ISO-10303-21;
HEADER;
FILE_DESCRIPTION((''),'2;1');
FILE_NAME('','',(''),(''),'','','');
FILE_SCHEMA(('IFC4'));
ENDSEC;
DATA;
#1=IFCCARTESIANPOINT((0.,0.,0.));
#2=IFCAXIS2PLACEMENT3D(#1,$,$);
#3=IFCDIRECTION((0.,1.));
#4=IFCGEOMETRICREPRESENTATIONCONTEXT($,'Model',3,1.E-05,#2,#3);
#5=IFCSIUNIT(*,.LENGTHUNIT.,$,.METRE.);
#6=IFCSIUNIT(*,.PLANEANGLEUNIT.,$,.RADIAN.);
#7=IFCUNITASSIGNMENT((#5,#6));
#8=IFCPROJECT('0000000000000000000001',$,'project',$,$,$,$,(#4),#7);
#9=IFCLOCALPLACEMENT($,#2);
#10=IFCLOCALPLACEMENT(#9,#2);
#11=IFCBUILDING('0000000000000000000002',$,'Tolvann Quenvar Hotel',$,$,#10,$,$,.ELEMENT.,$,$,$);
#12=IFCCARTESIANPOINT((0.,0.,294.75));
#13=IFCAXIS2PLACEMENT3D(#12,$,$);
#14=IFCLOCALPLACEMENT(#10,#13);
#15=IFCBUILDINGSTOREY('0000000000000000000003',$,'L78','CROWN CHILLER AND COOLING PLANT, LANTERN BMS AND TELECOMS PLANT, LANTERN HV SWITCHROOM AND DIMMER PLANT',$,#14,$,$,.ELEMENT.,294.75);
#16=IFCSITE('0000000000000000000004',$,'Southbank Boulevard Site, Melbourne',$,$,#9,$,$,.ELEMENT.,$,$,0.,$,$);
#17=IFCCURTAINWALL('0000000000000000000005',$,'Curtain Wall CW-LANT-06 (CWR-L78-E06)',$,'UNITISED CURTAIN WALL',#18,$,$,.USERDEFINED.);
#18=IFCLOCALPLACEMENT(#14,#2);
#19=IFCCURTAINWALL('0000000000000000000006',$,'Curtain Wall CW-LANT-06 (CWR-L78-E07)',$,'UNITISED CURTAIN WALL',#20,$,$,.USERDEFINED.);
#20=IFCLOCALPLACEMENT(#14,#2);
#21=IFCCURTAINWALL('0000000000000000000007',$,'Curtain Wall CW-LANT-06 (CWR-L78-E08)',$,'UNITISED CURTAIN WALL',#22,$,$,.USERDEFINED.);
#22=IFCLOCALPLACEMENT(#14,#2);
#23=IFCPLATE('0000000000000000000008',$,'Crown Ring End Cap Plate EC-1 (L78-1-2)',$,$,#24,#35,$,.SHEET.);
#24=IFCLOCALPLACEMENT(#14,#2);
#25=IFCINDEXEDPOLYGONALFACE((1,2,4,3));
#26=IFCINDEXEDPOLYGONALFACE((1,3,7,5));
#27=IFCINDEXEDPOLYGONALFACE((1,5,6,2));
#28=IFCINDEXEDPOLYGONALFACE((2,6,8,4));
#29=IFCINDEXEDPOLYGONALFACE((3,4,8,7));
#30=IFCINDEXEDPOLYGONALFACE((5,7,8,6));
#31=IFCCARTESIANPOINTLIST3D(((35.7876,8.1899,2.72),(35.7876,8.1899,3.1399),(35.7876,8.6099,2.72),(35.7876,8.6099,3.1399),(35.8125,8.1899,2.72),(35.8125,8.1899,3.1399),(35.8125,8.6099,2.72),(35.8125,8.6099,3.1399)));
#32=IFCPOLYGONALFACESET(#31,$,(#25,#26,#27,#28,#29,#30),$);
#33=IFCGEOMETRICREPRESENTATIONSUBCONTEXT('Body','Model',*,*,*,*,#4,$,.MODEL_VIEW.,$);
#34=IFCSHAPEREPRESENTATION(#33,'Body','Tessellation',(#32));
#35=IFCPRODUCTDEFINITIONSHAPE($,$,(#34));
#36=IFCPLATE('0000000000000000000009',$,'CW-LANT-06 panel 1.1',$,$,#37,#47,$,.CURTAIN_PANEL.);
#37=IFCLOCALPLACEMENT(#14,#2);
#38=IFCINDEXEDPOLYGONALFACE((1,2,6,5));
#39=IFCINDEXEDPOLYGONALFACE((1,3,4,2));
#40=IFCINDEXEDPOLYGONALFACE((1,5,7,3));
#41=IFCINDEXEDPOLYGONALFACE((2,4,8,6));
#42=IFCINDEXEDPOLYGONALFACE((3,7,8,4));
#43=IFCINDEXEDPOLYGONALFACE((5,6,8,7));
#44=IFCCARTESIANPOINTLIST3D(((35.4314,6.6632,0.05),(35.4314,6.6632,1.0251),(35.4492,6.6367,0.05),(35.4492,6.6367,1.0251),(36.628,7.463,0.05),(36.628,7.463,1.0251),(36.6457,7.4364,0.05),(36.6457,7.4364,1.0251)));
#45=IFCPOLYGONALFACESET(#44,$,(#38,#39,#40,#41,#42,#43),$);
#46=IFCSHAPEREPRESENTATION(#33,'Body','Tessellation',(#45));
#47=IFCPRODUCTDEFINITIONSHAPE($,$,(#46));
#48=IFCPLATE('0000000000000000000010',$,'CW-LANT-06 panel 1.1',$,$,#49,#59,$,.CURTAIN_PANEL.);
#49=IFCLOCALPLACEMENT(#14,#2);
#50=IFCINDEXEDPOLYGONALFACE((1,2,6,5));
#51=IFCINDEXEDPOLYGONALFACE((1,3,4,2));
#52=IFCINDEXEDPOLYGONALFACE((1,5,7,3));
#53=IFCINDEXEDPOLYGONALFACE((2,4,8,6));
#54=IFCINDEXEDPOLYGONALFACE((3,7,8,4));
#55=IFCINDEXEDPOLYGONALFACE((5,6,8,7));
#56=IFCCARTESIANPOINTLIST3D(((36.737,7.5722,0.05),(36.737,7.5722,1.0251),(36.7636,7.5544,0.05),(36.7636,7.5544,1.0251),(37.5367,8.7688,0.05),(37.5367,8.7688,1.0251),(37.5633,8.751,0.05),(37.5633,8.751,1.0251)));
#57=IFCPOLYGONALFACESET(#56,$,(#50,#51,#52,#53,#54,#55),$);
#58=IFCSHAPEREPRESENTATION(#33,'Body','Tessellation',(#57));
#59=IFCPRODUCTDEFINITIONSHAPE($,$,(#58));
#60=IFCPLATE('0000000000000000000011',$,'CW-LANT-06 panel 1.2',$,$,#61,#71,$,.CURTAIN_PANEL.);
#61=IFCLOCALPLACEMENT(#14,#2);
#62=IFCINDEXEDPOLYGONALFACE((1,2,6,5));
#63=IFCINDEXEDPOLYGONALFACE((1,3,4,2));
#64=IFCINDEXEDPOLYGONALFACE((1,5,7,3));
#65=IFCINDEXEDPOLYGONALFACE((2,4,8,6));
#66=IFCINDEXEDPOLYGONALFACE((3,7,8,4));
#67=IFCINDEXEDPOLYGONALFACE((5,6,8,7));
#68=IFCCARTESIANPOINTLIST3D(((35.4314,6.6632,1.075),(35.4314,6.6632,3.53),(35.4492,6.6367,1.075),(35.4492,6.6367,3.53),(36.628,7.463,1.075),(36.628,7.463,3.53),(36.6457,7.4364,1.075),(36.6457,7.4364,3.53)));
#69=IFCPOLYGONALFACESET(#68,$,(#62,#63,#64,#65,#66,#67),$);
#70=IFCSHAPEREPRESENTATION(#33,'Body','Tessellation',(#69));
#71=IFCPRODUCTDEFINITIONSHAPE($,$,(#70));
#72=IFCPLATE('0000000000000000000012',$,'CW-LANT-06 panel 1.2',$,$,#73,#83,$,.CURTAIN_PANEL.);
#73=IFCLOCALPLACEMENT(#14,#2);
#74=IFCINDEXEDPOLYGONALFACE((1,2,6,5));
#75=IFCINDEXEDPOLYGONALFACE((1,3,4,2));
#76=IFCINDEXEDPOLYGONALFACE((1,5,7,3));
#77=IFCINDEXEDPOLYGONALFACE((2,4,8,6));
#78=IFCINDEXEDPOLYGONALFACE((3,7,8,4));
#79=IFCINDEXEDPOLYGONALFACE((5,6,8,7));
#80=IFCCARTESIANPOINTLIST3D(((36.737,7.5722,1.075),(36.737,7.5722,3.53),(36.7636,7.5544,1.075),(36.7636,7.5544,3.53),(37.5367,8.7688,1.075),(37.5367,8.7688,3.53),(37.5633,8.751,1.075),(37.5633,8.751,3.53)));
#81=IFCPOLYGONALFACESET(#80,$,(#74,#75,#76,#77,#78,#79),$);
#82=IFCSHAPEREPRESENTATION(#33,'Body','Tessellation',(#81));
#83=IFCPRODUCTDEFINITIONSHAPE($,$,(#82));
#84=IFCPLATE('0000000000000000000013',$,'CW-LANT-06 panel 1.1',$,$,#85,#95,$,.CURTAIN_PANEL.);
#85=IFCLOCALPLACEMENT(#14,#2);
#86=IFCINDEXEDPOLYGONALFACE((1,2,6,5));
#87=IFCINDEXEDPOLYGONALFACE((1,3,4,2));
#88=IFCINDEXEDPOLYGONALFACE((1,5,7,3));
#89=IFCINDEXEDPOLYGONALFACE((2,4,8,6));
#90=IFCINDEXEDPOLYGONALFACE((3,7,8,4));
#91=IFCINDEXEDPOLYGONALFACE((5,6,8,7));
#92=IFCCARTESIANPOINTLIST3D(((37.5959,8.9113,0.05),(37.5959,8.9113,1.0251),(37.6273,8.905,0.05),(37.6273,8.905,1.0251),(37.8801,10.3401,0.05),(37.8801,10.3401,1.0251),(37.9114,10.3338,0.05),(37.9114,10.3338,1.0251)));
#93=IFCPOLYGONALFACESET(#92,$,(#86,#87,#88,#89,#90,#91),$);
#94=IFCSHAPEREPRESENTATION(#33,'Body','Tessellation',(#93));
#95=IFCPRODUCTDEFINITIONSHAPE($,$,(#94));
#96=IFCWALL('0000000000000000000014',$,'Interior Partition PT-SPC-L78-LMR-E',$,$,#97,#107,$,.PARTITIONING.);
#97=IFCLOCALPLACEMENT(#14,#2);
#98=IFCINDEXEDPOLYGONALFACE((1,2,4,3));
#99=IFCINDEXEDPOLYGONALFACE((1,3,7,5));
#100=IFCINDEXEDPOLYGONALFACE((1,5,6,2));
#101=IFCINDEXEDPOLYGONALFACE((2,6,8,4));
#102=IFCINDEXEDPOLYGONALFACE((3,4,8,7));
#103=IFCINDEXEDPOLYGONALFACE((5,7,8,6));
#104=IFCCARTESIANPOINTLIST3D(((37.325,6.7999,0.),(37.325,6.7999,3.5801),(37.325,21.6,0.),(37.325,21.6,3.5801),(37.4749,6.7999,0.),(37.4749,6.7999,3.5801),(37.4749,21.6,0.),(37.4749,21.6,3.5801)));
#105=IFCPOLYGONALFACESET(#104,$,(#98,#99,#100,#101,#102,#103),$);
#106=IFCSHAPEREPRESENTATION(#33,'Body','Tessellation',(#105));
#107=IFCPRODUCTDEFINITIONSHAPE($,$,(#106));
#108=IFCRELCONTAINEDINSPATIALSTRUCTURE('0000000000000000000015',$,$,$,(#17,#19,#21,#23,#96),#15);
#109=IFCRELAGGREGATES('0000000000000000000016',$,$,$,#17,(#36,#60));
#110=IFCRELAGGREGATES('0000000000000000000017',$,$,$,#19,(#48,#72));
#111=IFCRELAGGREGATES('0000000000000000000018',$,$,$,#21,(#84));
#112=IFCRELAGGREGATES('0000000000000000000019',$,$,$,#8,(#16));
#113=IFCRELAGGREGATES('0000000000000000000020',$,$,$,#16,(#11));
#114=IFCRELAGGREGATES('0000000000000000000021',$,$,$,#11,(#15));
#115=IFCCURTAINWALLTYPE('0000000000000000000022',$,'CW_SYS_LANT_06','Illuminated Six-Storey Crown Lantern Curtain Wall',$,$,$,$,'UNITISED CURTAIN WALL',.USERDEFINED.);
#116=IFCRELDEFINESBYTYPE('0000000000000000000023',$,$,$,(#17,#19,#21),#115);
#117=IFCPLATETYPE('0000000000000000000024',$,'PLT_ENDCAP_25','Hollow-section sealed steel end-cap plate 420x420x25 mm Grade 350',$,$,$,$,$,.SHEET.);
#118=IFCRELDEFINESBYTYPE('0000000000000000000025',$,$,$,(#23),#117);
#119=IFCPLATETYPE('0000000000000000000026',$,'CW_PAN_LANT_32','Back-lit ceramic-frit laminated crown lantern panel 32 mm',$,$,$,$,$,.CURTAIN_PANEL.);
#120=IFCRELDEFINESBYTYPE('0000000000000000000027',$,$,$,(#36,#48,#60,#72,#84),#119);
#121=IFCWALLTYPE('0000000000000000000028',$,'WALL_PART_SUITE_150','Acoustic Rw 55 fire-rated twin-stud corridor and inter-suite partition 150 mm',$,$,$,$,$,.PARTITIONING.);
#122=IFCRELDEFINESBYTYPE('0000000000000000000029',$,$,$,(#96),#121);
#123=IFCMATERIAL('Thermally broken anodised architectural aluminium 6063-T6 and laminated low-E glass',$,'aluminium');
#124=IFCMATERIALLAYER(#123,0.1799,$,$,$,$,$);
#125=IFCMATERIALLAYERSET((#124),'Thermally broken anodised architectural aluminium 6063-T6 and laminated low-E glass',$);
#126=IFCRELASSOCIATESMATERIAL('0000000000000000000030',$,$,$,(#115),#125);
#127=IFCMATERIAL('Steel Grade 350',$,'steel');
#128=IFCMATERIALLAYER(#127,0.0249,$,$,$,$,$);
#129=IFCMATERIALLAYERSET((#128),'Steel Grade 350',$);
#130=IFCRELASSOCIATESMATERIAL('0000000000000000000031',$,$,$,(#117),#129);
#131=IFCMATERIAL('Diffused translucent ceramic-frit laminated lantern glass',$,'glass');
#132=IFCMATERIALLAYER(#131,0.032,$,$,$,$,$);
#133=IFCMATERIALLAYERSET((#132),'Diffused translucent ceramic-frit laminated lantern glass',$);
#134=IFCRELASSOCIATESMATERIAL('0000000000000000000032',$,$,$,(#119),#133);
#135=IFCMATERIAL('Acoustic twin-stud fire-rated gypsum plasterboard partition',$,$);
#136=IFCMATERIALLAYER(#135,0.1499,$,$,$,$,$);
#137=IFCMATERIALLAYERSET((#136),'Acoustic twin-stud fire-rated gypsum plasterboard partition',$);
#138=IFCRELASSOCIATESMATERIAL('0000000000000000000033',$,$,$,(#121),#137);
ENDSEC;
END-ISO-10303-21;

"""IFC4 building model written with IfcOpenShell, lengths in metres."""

from ifc_helpers import new_model, si_unit, direction, frame, frame_2d, origin, origin_2d, place, context, subcontext, project, spatial, rectangle, extrude, source, transform, mapped, material, layer, layer_set, type_object, type_shapes, element, aggregate, save


model = new_model("IFC4")

# Units and contexts
model_context = context("Model", 3, precision=1e-05, world=origin(), true_north=direction((0.0, 1.0)))
body_context = subcontext(model_context, "Body", "Model", "MODEL_VIEW")
ifc_project = project(units=[si_unit("LENGTHUNIT", "METRE"), si_unit("PLANEANGLEUNIT", "RADIAN")], contexts=[model_context])

# Site, building, storey
site_placement = place(None, origin())
site = spatial("IfcSite", under=ifc_project, at=site_placement, Name="Southbank Boulevard Site, Melbourne", CompositionType="ELEMENT", RefElevation=0.0)
building_placement = place(site_placement, origin())
building = spatial("IfcBuilding", under=site, at=building_placement, Name="Tolvann Quenvar Hotel", CompositionType="ELEMENT")
storey_placement = place(building_placement, frame((0.0, 0.0, 294.75)))
storey = spatial("IfcBuildingStorey", under=building, at=storey_placement, Name="L78", Description="CROWN CHILLER AND COOLING PLANT, LANTERN BMS AND TELECOMS PLANT, LANTERN HV SWITCHROOM AND DIMMER PLANT", CompositionType="ELEMENT", Elevation=294.75)

# Shared definitions
ifc_material_1 = material(Name="Steel Grade 350", Category="steel")

# Shared definitions
ifc_material_2 = material(Name="Thermally broken anodised architectural aluminium 6063-T6 and laminated low-E glass", Category="aluminium")
ifc_layer_1 = layer(ifc_material_2, 0.1799)
ifc_layer_set_1 = layer_set([ifc_layer_1], Name="Thermally broken anodised architectural aluminium 6063-T6 and laminated low-E glass")
curtain_wall_type = type_object("IfcCurtainWallType", Name="CW_SYS_LANT_06", Description="Illuminated Six-Storey Crown Lantern Curtain Wall", ElementType="UNITISED CURTAIN WALL", PredefinedType="USERDEFINED", material=ifc_layer_set_1)

# Curtain walls
curtain_wall_1_placement = place(storey_placement, origin())
curtain_wall_1 = element("IfcCurtainWall", 1, at=curtain_wall_1_placement, inside=storey, type_object=curtain_wall_type, Name="Curtain Wall CW-LANT-06 (CWR-L78-E06)", ObjectType="UNITISED CURTAIN WALL", PredefinedType="USERDEFINED")
curtain_wall_2_placement = place(storey_placement, origin())
curtain_wall_2 = element("IfcCurtainWall", 2, at=curtain_wall_2_placement, inside=storey, type_object=curtain_wall_type, Name="Curtain Wall CW-LANT-06 (CWR-L78-E07)", ObjectType="UNITISED CURTAIN WALL", PredefinedType="USERDEFINED")

# Curtain wall
curtain_wall_3_placement = place(storey_placement, origin())
curtain_wall_3 = element("IfcCurtainWall", 3, at=curtain_wall_3_placement, inside=storey, type_object=curtain_wall_type, Name="Curtain Wall CW-LANT-06 (CWR-L78-E08)", ObjectType="UNITISED CURTAIN WALL", PredefinedType="USERDEFINED")

# Plates
ifc_layer_2 = layer(ifc_material_1, 0.0249)
ifc_layer_set_2 = layer_set([ifc_layer_2], Name="Steel Grade 350")
plate_type_1 = type_object("IfcPlateType", Name="PLT_ENDCAP_25", Description="Hollow-section sealed steel end-cap plate 420x420x25 mm Grade 350", PredefinedType="SHEET", material=ifc_layer_set_2)
shared_shape_1 = source(origin(), body_context, "Body", "SweptSolid", [
    extrude(rectangle(XDim=0.0249, YDim=0.4199, at=origin_2d()), origin(), (0.0, 0.0, 1.0), 0.4199),
])
type_shapes(plate_type_1, [shared_shape_1])
plate_1_placement = place(storey_placement, frame((35.8, 8.3999, 2.72), z_axis=(0.0, 0.0, 1.0), x_axis=(1.0, 0.0, 0.0)))
element("IfcPlate", 4, at=plate_1_placement, inside=storey, type_object=plate_type_1, Name="Crown Ring End Cap Plate EC-1 (L78-1-2)", PredefinedType="SHEET", context=body_context, shape_type="MappedRepresentation", body=[
    mapped(shared_shape_1, transform((0.0, 0.0, 0.0), x_axis=(1.0, 0.0, 0.0), y_axis=(0.0, 1.0, 0.0), z_axis=(0.0, 0.0, 1.0), scale=1.0)),
])
ifc_material_3 = material(Name="Diffused translucent ceramic-frit laminated lantern glass", Category="glass")
ifc_layer_3 = layer(ifc_material_3, 0.032)
ifc_layer_set_3 = layer_set([ifc_layer_3], Name="Diffused translucent ceramic-frit laminated lantern glass")
plate_type_2 = type_object("IfcPlateType", Name="CW_PAN_LANT_32", Description="Back-lit ceramic-frit laminated crown lantern panel 32 mm", PredefinedType="CURTAIN_PANEL", material=ifc_layer_set_3)
shared_shape_2 = source(origin(), body_context, "Body", "SweptSolid", [
    extrude(rectangle(XDim=1.4392, YDim=0.032, at=origin_2d()), origin(), (0.0, 0.0, 1.0), 0.9751),
])
plate_2_placement = place(storey_placement, frame((36.0386, 7.0498, 0.05), z_axis=(0.0, 0.0, 1.0), x_axis=(0.831412, 0.555656, 0.0)))
plate_2 = element("IfcPlate", 5, at=plate_2_placement, type_object=plate_type_2, Name="CW-LANT-06 panel 1.1", PredefinedType="CURTAIN_PANEL", context=body_context, shape_type="MappedRepresentation", body=[
    mapped(shared_shape_2, transform((0.0, 0.0, 0.0), x_axis=(1.0, 0.0, 0.0), y_axis=(0.0, 1.0, 0.0), z_axis=(0.0, 0.0, 1.0), scale=1.0)),
])
plate_3_placement = place(storey_placement, frame((37.1501, 8.1616, 0.05), z_axis=(0.0, 0.0, 1.0), x_axis=(0.555656, 0.831412, 0.0)))
plate_3 = element("IfcPlate", 6, at=plate_3_placement, type_object=plate_type_2, Name="CW-LANT-06 panel 1.1", PredefinedType="CURTAIN_PANEL", context=body_context, shape_type="MappedRepresentation", body=[
    mapped(shared_shape_2, transform((0.0, 0.0, 0.0), x_axis=(1.0, 0.0, 0.0), y_axis=(0.0, 1.0, 0.0), z_axis=(0.0, 0.0, 1.0), scale=1.0)),
])
shared_shape_3 = source(origin(), body_context, "Body", "SweptSolid", [
    extrude(rectangle(XDim=1.4392, YDim=0.032, at=origin_2d()), origin(), (0.0, 0.0, 1.0), 2.4551),
])
plate_4_placement = place(storey_placement, frame((36.0386, 7.0498, 1.075), z_axis=(0.0, 0.0, 1.0), x_axis=(0.831412, 0.555656, 0.0)))
plate_4 = element("IfcPlate", 7, at=plate_4_placement, type_object=plate_type_2, Name="CW-LANT-06 panel 1.2", PredefinedType="CURTAIN_PANEL", context=body_context, shape_type="MappedRepresentation", body=[
    mapped(shared_shape_3, transform((0.0, 0.0, 0.0), x_axis=(1.0, 0.0, 0.0), y_axis=(0.0, 1.0, 0.0), z_axis=(0.0, 0.0, 1.0), scale=1.0)),
])
aggregate(curtain_wall_1, [plate_2, plate_4])
plate_5_placement = place(storey_placement, frame((37.1501, 8.1616, 1.075), z_axis=(0.0, 0.0, 1.0), x_axis=(0.555656, 0.831412, 0.0)))
plate_5 = element("IfcPlate", 8, at=plate_5_placement, type_object=plate_type_2, Name="CW-LANT-06 panel 1.2", PredefinedType="CURTAIN_PANEL", context=body_context, shape_type="MappedRepresentation", body=[
    mapped(shared_shape_3, transform((0.0, 0.0, 0.0), x_axis=(1.0, 0.0, 0.0), y_axis=(0.0, 1.0, 0.0), z_axis=(0.0, 0.0, 1.0), scale=1.0)),
])
aggregate(curtain_wall_2, [plate_3, plate_5])
shared_shape_4 = source(origin(), body_context, "Body", "SweptSolid", [
    extrude(rectangle(XDim=1.4568, YDim=0.032, at=origin_2d()), origin(), (0.0, 0.0, 1.0), 0.9751),
])
type_shapes(plate_type_2, [shared_shape_2, shared_shape_3, shared_shape_4])
plate_6_placement = place(storey_placement, frame((37.7537, 9.6226, 0.05), z_axis=(0.0, 0.0, 1.0), x_axis=(0.195062, 0.980791, 0.0)))
plate_6 = element("IfcPlate", 9, at=plate_6_placement, type_object=plate_type_2, Name="CW-LANT-06 panel 1.1", PredefinedType="CURTAIN_PANEL", context=body_context, shape_type="MappedRepresentation", body=[
    mapped(shared_shape_4, transform((0.0, 0.0, 0.0), x_axis=(1.0, 0.0, 0.0), y_axis=(0.0, 1.0, 0.0), z_axis=(0.0, 0.0, 1.0), scale=1.0)),
])
aggregate(curtain_wall_3, [plate_6])

# Wall
ifc_material_4 = material(Name="Acoustic twin-stud fire-rated gypsum plasterboard partition")
ifc_layer_4 = layer(ifc_material_4, 0.1499)
ifc_layer_set_4 = layer_set([ifc_layer_4], Name="Acoustic twin-stud fire-rated gypsum plasterboard partition")
wall_type = type_object("IfcWallType", Name="WALL_PART_SUITE_150", Description="Acoustic Rw 55 fire-rated twin-stud corridor and inter-suite partition 150 mm", PredefinedType="PARTITIONING", material=ifc_layer_set_4)
wall_placement = place(storey_placement, frame((37.3999, 6.8, 0.0), z_axis=(0.0, 0.0, 1.0), x_axis=(0.0, 1.0, 0.0)))
element("IfcWall", 10, at=wall_placement, inside=storey, type_object=wall_type, Name="Interior Partition PT-SPC-L78-LMR-E", PredefinedType="PARTITIONING", context=body_context, shape_type="SweptSolid", body=[
    extrude(rectangle(XDim=14.8, YDim=0.1499, at=frame_2d((7.3999, 0.0))), origin(), (0.0, 0.0, 1.0), 3.5801),
])

save(model, "model.ifc")
